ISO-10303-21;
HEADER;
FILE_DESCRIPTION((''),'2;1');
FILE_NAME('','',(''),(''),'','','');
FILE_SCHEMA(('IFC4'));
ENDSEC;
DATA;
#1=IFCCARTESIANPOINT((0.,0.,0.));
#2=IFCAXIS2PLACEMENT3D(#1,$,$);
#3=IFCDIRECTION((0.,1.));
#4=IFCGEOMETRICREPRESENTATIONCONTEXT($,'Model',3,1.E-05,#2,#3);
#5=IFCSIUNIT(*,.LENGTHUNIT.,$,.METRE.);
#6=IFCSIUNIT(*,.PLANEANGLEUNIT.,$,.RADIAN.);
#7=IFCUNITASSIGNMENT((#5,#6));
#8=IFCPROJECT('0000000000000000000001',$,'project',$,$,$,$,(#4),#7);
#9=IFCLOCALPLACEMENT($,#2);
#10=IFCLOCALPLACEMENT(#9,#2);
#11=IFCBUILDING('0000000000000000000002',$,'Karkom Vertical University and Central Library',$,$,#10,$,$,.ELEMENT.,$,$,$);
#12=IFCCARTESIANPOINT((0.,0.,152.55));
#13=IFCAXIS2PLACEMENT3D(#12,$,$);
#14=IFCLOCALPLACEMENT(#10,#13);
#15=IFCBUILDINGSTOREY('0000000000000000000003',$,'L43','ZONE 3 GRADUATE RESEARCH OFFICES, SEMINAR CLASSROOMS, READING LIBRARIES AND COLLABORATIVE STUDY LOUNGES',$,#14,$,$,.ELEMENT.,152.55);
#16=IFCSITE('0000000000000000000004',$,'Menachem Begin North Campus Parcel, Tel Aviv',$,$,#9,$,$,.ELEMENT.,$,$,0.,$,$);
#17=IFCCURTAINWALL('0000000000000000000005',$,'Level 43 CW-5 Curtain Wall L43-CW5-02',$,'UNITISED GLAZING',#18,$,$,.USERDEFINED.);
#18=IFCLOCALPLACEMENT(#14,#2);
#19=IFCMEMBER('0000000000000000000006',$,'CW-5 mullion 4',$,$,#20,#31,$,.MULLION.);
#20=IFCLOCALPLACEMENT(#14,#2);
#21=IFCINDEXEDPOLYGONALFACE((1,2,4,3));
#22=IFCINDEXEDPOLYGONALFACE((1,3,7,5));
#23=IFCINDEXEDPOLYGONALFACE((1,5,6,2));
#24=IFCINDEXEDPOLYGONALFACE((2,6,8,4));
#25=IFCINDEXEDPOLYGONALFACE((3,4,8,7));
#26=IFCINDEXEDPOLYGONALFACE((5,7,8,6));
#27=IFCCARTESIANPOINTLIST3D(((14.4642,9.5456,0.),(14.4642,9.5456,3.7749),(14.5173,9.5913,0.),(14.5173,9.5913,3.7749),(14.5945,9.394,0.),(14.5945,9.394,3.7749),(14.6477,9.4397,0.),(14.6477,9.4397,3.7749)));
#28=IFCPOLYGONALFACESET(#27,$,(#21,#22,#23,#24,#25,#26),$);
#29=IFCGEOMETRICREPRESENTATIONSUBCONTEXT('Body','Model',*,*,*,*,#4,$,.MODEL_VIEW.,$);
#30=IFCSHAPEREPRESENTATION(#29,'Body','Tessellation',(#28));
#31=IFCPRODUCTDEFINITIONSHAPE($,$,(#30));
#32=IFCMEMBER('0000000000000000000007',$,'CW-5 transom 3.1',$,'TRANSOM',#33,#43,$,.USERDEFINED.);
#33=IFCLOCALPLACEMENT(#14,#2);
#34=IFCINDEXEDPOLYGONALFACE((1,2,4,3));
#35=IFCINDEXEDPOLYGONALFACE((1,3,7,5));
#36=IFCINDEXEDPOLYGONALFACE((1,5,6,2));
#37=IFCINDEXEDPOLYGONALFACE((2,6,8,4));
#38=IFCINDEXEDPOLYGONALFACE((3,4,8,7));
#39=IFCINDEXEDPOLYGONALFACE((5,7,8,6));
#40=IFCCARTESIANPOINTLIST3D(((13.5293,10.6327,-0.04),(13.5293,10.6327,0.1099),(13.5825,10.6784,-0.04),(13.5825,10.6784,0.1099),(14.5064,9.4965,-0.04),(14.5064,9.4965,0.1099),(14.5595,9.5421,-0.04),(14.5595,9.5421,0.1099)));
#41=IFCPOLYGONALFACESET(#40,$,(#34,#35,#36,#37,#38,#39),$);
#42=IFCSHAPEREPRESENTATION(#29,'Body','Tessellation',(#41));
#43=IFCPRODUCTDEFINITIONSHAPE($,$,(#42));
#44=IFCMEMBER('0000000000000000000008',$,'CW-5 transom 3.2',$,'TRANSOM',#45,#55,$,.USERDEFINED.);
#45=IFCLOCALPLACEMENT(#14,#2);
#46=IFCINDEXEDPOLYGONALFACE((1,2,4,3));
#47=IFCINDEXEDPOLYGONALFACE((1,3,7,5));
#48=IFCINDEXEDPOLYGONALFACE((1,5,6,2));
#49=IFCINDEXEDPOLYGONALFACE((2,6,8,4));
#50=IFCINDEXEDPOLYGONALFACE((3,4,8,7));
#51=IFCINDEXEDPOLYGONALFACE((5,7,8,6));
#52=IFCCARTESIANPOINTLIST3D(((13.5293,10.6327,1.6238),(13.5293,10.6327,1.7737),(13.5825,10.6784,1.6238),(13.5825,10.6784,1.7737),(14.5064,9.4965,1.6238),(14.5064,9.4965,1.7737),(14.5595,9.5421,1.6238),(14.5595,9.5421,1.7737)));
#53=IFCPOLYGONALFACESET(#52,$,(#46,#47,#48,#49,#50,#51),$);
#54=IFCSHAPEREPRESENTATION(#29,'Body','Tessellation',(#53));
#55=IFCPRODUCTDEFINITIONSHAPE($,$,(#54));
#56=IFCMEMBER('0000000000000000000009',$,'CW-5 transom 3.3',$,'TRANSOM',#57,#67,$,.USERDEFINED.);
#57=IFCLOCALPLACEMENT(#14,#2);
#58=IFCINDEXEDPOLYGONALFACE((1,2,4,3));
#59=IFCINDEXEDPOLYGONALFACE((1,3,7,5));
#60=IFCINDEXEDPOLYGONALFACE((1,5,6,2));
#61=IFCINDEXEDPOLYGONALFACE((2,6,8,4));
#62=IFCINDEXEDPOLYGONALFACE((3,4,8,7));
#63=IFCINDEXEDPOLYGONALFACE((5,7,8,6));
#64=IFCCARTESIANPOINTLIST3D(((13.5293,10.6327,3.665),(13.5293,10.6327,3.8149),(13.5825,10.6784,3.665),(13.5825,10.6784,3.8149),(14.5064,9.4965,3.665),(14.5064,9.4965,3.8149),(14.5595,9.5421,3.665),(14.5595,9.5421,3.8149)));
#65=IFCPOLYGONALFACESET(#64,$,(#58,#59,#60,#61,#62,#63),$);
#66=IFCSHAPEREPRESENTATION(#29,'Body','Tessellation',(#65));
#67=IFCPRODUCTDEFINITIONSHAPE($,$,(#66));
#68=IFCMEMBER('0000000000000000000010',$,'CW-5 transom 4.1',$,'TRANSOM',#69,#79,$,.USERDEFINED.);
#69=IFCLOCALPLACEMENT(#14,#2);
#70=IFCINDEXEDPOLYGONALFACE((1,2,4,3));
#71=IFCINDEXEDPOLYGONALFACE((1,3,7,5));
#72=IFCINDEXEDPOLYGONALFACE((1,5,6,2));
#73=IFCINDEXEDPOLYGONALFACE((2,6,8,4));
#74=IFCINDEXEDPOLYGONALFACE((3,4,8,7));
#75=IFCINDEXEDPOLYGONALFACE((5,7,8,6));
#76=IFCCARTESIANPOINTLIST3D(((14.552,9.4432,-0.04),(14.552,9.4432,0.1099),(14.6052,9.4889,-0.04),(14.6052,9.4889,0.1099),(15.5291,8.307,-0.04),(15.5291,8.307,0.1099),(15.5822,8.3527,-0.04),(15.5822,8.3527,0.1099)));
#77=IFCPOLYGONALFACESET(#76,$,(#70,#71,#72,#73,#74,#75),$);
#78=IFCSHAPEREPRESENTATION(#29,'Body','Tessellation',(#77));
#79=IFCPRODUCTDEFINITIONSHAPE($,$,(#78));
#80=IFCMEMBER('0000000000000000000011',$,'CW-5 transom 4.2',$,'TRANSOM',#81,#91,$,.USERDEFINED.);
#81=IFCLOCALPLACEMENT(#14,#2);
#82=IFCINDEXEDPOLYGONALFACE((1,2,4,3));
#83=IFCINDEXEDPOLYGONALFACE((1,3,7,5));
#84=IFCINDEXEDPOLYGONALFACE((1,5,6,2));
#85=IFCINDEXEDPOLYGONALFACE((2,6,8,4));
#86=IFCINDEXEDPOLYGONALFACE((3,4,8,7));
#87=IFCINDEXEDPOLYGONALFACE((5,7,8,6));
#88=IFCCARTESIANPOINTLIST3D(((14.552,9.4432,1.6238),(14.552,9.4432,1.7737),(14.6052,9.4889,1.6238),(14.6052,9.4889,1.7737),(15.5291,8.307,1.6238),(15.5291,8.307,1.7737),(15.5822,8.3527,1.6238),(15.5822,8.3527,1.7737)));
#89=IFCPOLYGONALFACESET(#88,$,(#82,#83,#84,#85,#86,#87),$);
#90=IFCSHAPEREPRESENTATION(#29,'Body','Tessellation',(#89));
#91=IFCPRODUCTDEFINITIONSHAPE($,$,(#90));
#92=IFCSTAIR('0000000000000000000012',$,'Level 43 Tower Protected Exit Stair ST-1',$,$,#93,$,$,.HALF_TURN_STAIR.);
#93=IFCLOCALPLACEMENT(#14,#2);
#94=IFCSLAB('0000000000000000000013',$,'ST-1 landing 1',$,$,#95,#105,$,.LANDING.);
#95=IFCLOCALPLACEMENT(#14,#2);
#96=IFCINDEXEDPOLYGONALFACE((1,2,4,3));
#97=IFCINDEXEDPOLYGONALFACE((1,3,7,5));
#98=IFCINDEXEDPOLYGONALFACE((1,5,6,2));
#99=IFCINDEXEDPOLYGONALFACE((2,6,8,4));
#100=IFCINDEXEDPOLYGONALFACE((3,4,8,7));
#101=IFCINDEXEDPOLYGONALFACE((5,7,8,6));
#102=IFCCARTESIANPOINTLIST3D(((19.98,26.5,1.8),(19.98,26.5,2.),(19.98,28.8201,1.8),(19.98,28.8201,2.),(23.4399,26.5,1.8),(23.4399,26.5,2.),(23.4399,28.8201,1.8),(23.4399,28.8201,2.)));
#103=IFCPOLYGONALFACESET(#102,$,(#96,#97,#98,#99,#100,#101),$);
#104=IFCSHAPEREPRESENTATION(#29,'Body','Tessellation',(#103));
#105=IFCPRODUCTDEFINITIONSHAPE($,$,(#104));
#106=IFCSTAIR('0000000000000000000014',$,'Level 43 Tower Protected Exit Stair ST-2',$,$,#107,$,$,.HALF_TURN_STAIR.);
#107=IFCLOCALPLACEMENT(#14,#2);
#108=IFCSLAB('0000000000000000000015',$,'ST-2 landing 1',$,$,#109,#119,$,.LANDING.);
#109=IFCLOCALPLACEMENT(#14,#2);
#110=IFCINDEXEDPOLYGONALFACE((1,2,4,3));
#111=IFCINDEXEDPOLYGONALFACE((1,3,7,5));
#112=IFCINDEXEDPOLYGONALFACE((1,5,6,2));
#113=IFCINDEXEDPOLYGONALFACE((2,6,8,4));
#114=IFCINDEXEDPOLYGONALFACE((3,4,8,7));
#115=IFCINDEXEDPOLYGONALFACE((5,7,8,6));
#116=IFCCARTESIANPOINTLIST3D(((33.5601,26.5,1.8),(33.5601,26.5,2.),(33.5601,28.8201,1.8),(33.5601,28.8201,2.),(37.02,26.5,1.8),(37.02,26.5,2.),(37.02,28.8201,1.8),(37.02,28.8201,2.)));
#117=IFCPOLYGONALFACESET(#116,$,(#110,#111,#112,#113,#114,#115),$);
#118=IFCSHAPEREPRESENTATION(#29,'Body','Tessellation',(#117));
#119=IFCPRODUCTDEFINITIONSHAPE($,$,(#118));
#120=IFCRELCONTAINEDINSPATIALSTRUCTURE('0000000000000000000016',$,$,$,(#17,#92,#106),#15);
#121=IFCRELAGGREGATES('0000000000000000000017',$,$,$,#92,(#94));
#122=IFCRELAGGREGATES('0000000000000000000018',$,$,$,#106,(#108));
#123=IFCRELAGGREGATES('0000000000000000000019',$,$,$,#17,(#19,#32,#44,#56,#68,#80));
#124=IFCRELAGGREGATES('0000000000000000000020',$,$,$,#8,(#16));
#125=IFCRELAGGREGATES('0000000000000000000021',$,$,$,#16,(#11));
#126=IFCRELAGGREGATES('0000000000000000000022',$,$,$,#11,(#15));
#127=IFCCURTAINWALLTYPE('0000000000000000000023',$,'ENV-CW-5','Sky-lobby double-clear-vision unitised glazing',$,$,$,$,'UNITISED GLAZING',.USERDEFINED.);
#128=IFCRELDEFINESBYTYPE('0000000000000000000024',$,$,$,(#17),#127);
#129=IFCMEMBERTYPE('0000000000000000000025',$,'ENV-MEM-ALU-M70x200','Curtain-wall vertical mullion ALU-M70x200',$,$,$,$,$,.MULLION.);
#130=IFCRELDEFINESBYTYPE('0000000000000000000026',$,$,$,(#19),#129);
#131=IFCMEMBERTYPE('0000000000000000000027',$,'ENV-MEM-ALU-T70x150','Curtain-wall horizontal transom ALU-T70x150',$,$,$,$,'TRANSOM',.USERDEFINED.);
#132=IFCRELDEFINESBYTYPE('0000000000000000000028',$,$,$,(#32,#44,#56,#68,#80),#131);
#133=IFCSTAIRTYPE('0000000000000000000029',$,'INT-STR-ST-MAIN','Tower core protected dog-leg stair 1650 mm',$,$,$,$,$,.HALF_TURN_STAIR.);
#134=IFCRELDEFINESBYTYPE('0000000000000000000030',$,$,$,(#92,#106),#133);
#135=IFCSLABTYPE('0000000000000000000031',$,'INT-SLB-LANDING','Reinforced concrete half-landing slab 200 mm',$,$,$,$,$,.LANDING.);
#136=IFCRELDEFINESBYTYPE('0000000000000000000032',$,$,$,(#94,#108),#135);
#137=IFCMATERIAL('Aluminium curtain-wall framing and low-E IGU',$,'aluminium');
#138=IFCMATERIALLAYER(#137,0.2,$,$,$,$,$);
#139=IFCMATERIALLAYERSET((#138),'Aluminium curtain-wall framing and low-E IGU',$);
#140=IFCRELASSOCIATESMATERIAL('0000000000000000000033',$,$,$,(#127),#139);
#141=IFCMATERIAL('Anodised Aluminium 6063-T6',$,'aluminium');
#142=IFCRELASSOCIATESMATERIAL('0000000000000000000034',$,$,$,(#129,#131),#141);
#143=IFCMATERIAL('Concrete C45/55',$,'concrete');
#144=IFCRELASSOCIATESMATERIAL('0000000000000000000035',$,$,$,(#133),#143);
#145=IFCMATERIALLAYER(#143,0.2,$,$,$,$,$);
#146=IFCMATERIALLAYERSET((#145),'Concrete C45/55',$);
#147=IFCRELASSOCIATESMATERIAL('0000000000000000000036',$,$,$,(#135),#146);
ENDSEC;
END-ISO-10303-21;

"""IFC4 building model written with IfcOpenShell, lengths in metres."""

from ifc_helpers import new_model, si_unit, direction, frame, origin, origin_with_axes, origin_2d, place, context, subcontext, project, spatial, polyline, rectangle, outline, extrude, source, transform, mapped, material, layer, layer_set, material_profile, profile_set, type_object, element, aggregate, save


model = new_model("IFC4")

# Units and contexts
model_context = context("Model", 3, precision=1e-05, world=origin(), true_north=direction((0.0, 1.0)))
body_context = subcontext(model_context, "Body", "Model", "MODEL_VIEW")
ifc_project = project(units=[si_unit("LENGTHUNIT", "METRE"), si_unit("PLANEANGLEUNIT", "RADIAN")], contexts=[model_context])

# Site, building, storey
site_placement = place(None, origin())
site = spatial("IfcSite", under=ifc_project, at=site_placement, Name="Menachem Begin North Campus Parcel, Tel Aviv", CompositionType="ELEMENT", RefElevation=0.0)
building_placement = place(site_placement, origin())
building = spatial("IfcBuilding", under=site, at=building_placement, Name="Karkom Vertical University and Central Library", CompositionType="ELEMENT")
storey_placement = place(building_placement, frame((0.0, 0.0, 152.55)))
storey = spatial("IfcBuildingStorey", under=building, at=storey_placement, Name="L43", Description="ZONE 3 GRADUATE RESEARCH OFFICES, SEMINAR CLASSROOMS, READING LIBRARIES AND COLLABORATIVE STUDY LOUNGES", CompositionType="ELEMENT", Elevation=152.55)

# Curtain wall, members
ifc_material_1 = material(Name="Aluminium curtain-wall framing and low-E IGU", Category="aluminium")
ifc_layer_1 = layer(ifc_material_1, 0.2)
ifc_layer_set_1 = layer_set([ifc_layer_1], Name="Aluminium curtain-wall framing and low-E IGU")
curtain_wall_type = type_object("IfcCurtainWallType", Name="ENV-CW-5", Description="Sky-lobby double-clear-vision unitised glazing", ElementType="UNITISED GLAZING", PredefinedType="USERDEFINED", material=ifc_layer_set_1)
curtain_wall_placement = place(storey_placement, origin())
curtain_wall = element("IfcCurtainWall", 1, at=curtain_wall_placement, inside=storey, type_object=curtain_wall_type, Name="Level 43 CW-5 Curtain Wall L43-CW5-02", ObjectType="UNITISED GLAZING", PredefinedType="USERDEFINED")
ifc_material_2 = material(Name="Anodised Aluminium 6063-T6", Category="aluminium")
ifc_material_profile_1 = material_profile(ifc_material_2, rectangle(XDim=0.0701, YDim=0.2, at=origin_2d()), Name="ALU-M70x200")
ifc_profile_set_1 = profile_set([ifc_material_profile_1], Name="Anodised Aluminium 6063-T6")
member_type_1 = type_object("IfcMemberType", Name="ENV-MEM-ALU-M70x200", Description="Curtain-wall vertical mullion ALU-M70x200", PredefinedType="MULLION", material=ifc_profile_set_1)
shared_shape_1 = source(origin_with_axes(), body_context, "Body", "SweptSolid", [
    extrude(rectangle(XDim=0.0701, YDim=0.2, at=origin_2d()), origin(), (0.0, 0.0, 1.0), 3.7749),
])
member_1_placement = place(storey_placement, frame((14.5559, 9.4927, 0.0), z_axis=(0.0, 0.0, 1.0), x_axis=(0.758242, 0.651974, 0.0)))
member_1 = element("IfcMember", 2, at=member_1_placement, type_object=member_type_1, Name="CW-5 mullion 4", PredefinedType="MULLION", context=body_context, shape_type="MappedRepresentation", body=[
    mapped(shared_shape_1, transform((0.0, 0.0, 0.0), scale=1.0)),
])
ifc_material_profile_2 = material_profile(ifc_material_2, rectangle(XDim=0.0701, YDim=0.1499, at=origin_2d()), Name="ALU-T70x150")
ifc_profile_set_2 = profile_set([ifc_material_profile_2], Name="Anodised Aluminium 6063-T6")
member_type_2 = type_object("IfcMemberType", Name="ENV-MEM-ALU-T70x150", Description="Curtain-wall horizontal transom ALU-T70x150", ElementType="TRANSOM", PredefinedType="USERDEFINED", material=ifc_profile_set_2)
shared_shape_2 = source(origin_with_axes(), body_context, "Body", "SweptSolid", [
    extrude(rectangle(XDim=0.0701, YDim=0.1499, at=origin_2d()), origin(), (0.0, 0.0, 1.0), 1.4985),
])
member_2_placement = place(storey_placement, frame((13.5559, 10.6555, 0.0349), z_axis=(0.651998, -0.758221, 0.0), x_axis=(0.758221, 0.651998, 0.0)))
member_2 = element("IfcMember", 3, at=member_2_placement, type_object=member_type_2, Name="CW-5 transom 3.1", ObjectType="TRANSOM", PredefinedType="USERDEFINED", context=body_context, shape_type="MappedRepresentation", body=[
    mapped(shared_shape_2, transform((0.0, 0.0, 0.0), scale=1.0)),
])
member_3_placement = place(storey_placement, frame((13.5559, 10.6555, 1.6987), z_axis=(0.651998, -0.758221, 0.0), x_axis=(0.758221, 0.651998, 0.0)))
member_3 = element("IfcMember", 4, at=member_3_placement, type_object=member_type_2, Name="CW-5 transom 3.2", ObjectType="TRANSOM", PredefinedType="USERDEFINED", context=body_context, shape_type="MappedRepresentation", body=[
    mapped(shared_shape_2, transform((0.0, 0.0, 0.0), scale=1.0)),
])
member_4_placement = place(storey_placement, frame((13.5559, 10.6555, 3.74), z_axis=(0.651998, -0.758221, 0.0), x_axis=(0.758221, 0.651998, 0.0)))
member_4 = element("IfcMember", 5, at=member_4_placement, type_object=member_type_2, Name="CW-5 transom 3.3", ObjectType="TRANSOM", PredefinedType="USERDEFINED", context=body_context, shape_type="MappedRepresentation", body=[
    mapped(shared_shape_2, transform((0.0, 0.0, 0.0), scale=1.0)),
])
member_5_placement = place(storey_placement, frame((14.5786, 9.4661, 0.0349), z_axis=(0.651998, -0.758221, 0.0), x_axis=(0.758221, 0.651998, 0.0)))
member_5 = element("IfcMember", 6, at=member_5_placement, type_object=member_type_2, Name="CW-5 transom 4.1", ObjectType="TRANSOM", PredefinedType="USERDEFINED", context=body_context, shape_type="MappedRepresentation", body=[
    mapped(shared_shape_2, transform((0.0, 0.0, 0.0), scale=1.0)),
])
member_6_placement = place(storey_placement, frame((14.5786, 9.4661, 1.6987), z_axis=(0.651998, -0.758221, 0.0), x_axis=(0.758221, 0.651998, 0.0)))
member_6 = element("IfcMember", 7, at=member_6_placement, type_object=member_type_2, Name="CW-5 transom 4.2", ObjectType="TRANSOM", PredefinedType="USERDEFINED", context=body_context, shape_type="MappedRepresentation", body=[
    mapped(shared_shape_2, transform((0.0, 0.0, 0.0), scale=1.0)),
])

# Stairs, slabs
ifc_material_3 = material(Name="Concrete C45/55", Category="concrete")
stair_type = type_object("IfcStairType", Name="INT-STR-ST-MAIN", Description="Tower core protected dog-leg stair 1650 mm", PredefinedType="HALF_TURN_STAIR", material=ifc_material_3)
stair_1_placement = place(storey_placement, origin())
stair_1 = element("IfcStair", 8, at=stair_1_placement, inside=storey, type_object=stair_type, Name="Level 43 Tower Protected Exit Stair ST-1", PredefinedType="HALF_TURN_STAIR")
ifc_layer_2 = layer(ifc_material_3, 0.2)
ifc_layer_set_2 = layer_set([ifc_layer_2], Name="Concrete C45/55")
slab_type_1 = type_object("IfcSlabType", Name="INT-SLB-LANDING", Description="Reinforced concrete half-landing slab 200 mm", PredefinedType="LANDING", material=ifc_layer_set_2)
slab_1_placement = place(storey_placement, frame((0.0, 0.0, 1.8)))
slab_1 = element("IfcSlab", 9, at=slab_1_placement, type_object=slab_type_1, Name="ST-1 landing 1", PredefinedType="LANDING", context=body_context, shape_type="SweptSolid", body=[
    extrude(outline(polyline([(23.4399, 26.5), (23.4399, 28.8201), (19.98, 28.8201), (19.98, 26.5), (23.4399, 26.5)])), origin(), (0.0, 0.0, 1.0), 0.2),
])
aggregate(stair_1, [slab_1])
stair_2_placement = place(storey_placement, origin())
stair_2 = element("IfcStair", 10, at=stair_2_placement, inside=storey, type_object=stair_type, Name="Level 43 Tower Protected Exit Stair ST-2", PredefinedType="HALF_TURN_STAIR")
slab_2_placement = place(storey_placement, frame((0.0, 0.0, 1.8)))
slab_2 = element("IfcSlab", 11, at=slab_2_placement, type_object=slab_type_1, Name="ST-2 landing 1", PredefinedType="LANDING", context=body_context, shape_type="SweptSolid", body=[
    extrude(outline(polyline([(37.02, 26.5), (37.02, 28.8201), (33.5601, 28.8201), (33.5601, 26.5), (37.02, 26.5)])), origin(), (0.0, 0.0, 1.0), 0.2),
])
aggregate(stair_2, [slab_2])

aggregate(curtain_wall, [member_1, member_2, member_3, member_4, member_5, member_6])

save(model, "model.ifc")
